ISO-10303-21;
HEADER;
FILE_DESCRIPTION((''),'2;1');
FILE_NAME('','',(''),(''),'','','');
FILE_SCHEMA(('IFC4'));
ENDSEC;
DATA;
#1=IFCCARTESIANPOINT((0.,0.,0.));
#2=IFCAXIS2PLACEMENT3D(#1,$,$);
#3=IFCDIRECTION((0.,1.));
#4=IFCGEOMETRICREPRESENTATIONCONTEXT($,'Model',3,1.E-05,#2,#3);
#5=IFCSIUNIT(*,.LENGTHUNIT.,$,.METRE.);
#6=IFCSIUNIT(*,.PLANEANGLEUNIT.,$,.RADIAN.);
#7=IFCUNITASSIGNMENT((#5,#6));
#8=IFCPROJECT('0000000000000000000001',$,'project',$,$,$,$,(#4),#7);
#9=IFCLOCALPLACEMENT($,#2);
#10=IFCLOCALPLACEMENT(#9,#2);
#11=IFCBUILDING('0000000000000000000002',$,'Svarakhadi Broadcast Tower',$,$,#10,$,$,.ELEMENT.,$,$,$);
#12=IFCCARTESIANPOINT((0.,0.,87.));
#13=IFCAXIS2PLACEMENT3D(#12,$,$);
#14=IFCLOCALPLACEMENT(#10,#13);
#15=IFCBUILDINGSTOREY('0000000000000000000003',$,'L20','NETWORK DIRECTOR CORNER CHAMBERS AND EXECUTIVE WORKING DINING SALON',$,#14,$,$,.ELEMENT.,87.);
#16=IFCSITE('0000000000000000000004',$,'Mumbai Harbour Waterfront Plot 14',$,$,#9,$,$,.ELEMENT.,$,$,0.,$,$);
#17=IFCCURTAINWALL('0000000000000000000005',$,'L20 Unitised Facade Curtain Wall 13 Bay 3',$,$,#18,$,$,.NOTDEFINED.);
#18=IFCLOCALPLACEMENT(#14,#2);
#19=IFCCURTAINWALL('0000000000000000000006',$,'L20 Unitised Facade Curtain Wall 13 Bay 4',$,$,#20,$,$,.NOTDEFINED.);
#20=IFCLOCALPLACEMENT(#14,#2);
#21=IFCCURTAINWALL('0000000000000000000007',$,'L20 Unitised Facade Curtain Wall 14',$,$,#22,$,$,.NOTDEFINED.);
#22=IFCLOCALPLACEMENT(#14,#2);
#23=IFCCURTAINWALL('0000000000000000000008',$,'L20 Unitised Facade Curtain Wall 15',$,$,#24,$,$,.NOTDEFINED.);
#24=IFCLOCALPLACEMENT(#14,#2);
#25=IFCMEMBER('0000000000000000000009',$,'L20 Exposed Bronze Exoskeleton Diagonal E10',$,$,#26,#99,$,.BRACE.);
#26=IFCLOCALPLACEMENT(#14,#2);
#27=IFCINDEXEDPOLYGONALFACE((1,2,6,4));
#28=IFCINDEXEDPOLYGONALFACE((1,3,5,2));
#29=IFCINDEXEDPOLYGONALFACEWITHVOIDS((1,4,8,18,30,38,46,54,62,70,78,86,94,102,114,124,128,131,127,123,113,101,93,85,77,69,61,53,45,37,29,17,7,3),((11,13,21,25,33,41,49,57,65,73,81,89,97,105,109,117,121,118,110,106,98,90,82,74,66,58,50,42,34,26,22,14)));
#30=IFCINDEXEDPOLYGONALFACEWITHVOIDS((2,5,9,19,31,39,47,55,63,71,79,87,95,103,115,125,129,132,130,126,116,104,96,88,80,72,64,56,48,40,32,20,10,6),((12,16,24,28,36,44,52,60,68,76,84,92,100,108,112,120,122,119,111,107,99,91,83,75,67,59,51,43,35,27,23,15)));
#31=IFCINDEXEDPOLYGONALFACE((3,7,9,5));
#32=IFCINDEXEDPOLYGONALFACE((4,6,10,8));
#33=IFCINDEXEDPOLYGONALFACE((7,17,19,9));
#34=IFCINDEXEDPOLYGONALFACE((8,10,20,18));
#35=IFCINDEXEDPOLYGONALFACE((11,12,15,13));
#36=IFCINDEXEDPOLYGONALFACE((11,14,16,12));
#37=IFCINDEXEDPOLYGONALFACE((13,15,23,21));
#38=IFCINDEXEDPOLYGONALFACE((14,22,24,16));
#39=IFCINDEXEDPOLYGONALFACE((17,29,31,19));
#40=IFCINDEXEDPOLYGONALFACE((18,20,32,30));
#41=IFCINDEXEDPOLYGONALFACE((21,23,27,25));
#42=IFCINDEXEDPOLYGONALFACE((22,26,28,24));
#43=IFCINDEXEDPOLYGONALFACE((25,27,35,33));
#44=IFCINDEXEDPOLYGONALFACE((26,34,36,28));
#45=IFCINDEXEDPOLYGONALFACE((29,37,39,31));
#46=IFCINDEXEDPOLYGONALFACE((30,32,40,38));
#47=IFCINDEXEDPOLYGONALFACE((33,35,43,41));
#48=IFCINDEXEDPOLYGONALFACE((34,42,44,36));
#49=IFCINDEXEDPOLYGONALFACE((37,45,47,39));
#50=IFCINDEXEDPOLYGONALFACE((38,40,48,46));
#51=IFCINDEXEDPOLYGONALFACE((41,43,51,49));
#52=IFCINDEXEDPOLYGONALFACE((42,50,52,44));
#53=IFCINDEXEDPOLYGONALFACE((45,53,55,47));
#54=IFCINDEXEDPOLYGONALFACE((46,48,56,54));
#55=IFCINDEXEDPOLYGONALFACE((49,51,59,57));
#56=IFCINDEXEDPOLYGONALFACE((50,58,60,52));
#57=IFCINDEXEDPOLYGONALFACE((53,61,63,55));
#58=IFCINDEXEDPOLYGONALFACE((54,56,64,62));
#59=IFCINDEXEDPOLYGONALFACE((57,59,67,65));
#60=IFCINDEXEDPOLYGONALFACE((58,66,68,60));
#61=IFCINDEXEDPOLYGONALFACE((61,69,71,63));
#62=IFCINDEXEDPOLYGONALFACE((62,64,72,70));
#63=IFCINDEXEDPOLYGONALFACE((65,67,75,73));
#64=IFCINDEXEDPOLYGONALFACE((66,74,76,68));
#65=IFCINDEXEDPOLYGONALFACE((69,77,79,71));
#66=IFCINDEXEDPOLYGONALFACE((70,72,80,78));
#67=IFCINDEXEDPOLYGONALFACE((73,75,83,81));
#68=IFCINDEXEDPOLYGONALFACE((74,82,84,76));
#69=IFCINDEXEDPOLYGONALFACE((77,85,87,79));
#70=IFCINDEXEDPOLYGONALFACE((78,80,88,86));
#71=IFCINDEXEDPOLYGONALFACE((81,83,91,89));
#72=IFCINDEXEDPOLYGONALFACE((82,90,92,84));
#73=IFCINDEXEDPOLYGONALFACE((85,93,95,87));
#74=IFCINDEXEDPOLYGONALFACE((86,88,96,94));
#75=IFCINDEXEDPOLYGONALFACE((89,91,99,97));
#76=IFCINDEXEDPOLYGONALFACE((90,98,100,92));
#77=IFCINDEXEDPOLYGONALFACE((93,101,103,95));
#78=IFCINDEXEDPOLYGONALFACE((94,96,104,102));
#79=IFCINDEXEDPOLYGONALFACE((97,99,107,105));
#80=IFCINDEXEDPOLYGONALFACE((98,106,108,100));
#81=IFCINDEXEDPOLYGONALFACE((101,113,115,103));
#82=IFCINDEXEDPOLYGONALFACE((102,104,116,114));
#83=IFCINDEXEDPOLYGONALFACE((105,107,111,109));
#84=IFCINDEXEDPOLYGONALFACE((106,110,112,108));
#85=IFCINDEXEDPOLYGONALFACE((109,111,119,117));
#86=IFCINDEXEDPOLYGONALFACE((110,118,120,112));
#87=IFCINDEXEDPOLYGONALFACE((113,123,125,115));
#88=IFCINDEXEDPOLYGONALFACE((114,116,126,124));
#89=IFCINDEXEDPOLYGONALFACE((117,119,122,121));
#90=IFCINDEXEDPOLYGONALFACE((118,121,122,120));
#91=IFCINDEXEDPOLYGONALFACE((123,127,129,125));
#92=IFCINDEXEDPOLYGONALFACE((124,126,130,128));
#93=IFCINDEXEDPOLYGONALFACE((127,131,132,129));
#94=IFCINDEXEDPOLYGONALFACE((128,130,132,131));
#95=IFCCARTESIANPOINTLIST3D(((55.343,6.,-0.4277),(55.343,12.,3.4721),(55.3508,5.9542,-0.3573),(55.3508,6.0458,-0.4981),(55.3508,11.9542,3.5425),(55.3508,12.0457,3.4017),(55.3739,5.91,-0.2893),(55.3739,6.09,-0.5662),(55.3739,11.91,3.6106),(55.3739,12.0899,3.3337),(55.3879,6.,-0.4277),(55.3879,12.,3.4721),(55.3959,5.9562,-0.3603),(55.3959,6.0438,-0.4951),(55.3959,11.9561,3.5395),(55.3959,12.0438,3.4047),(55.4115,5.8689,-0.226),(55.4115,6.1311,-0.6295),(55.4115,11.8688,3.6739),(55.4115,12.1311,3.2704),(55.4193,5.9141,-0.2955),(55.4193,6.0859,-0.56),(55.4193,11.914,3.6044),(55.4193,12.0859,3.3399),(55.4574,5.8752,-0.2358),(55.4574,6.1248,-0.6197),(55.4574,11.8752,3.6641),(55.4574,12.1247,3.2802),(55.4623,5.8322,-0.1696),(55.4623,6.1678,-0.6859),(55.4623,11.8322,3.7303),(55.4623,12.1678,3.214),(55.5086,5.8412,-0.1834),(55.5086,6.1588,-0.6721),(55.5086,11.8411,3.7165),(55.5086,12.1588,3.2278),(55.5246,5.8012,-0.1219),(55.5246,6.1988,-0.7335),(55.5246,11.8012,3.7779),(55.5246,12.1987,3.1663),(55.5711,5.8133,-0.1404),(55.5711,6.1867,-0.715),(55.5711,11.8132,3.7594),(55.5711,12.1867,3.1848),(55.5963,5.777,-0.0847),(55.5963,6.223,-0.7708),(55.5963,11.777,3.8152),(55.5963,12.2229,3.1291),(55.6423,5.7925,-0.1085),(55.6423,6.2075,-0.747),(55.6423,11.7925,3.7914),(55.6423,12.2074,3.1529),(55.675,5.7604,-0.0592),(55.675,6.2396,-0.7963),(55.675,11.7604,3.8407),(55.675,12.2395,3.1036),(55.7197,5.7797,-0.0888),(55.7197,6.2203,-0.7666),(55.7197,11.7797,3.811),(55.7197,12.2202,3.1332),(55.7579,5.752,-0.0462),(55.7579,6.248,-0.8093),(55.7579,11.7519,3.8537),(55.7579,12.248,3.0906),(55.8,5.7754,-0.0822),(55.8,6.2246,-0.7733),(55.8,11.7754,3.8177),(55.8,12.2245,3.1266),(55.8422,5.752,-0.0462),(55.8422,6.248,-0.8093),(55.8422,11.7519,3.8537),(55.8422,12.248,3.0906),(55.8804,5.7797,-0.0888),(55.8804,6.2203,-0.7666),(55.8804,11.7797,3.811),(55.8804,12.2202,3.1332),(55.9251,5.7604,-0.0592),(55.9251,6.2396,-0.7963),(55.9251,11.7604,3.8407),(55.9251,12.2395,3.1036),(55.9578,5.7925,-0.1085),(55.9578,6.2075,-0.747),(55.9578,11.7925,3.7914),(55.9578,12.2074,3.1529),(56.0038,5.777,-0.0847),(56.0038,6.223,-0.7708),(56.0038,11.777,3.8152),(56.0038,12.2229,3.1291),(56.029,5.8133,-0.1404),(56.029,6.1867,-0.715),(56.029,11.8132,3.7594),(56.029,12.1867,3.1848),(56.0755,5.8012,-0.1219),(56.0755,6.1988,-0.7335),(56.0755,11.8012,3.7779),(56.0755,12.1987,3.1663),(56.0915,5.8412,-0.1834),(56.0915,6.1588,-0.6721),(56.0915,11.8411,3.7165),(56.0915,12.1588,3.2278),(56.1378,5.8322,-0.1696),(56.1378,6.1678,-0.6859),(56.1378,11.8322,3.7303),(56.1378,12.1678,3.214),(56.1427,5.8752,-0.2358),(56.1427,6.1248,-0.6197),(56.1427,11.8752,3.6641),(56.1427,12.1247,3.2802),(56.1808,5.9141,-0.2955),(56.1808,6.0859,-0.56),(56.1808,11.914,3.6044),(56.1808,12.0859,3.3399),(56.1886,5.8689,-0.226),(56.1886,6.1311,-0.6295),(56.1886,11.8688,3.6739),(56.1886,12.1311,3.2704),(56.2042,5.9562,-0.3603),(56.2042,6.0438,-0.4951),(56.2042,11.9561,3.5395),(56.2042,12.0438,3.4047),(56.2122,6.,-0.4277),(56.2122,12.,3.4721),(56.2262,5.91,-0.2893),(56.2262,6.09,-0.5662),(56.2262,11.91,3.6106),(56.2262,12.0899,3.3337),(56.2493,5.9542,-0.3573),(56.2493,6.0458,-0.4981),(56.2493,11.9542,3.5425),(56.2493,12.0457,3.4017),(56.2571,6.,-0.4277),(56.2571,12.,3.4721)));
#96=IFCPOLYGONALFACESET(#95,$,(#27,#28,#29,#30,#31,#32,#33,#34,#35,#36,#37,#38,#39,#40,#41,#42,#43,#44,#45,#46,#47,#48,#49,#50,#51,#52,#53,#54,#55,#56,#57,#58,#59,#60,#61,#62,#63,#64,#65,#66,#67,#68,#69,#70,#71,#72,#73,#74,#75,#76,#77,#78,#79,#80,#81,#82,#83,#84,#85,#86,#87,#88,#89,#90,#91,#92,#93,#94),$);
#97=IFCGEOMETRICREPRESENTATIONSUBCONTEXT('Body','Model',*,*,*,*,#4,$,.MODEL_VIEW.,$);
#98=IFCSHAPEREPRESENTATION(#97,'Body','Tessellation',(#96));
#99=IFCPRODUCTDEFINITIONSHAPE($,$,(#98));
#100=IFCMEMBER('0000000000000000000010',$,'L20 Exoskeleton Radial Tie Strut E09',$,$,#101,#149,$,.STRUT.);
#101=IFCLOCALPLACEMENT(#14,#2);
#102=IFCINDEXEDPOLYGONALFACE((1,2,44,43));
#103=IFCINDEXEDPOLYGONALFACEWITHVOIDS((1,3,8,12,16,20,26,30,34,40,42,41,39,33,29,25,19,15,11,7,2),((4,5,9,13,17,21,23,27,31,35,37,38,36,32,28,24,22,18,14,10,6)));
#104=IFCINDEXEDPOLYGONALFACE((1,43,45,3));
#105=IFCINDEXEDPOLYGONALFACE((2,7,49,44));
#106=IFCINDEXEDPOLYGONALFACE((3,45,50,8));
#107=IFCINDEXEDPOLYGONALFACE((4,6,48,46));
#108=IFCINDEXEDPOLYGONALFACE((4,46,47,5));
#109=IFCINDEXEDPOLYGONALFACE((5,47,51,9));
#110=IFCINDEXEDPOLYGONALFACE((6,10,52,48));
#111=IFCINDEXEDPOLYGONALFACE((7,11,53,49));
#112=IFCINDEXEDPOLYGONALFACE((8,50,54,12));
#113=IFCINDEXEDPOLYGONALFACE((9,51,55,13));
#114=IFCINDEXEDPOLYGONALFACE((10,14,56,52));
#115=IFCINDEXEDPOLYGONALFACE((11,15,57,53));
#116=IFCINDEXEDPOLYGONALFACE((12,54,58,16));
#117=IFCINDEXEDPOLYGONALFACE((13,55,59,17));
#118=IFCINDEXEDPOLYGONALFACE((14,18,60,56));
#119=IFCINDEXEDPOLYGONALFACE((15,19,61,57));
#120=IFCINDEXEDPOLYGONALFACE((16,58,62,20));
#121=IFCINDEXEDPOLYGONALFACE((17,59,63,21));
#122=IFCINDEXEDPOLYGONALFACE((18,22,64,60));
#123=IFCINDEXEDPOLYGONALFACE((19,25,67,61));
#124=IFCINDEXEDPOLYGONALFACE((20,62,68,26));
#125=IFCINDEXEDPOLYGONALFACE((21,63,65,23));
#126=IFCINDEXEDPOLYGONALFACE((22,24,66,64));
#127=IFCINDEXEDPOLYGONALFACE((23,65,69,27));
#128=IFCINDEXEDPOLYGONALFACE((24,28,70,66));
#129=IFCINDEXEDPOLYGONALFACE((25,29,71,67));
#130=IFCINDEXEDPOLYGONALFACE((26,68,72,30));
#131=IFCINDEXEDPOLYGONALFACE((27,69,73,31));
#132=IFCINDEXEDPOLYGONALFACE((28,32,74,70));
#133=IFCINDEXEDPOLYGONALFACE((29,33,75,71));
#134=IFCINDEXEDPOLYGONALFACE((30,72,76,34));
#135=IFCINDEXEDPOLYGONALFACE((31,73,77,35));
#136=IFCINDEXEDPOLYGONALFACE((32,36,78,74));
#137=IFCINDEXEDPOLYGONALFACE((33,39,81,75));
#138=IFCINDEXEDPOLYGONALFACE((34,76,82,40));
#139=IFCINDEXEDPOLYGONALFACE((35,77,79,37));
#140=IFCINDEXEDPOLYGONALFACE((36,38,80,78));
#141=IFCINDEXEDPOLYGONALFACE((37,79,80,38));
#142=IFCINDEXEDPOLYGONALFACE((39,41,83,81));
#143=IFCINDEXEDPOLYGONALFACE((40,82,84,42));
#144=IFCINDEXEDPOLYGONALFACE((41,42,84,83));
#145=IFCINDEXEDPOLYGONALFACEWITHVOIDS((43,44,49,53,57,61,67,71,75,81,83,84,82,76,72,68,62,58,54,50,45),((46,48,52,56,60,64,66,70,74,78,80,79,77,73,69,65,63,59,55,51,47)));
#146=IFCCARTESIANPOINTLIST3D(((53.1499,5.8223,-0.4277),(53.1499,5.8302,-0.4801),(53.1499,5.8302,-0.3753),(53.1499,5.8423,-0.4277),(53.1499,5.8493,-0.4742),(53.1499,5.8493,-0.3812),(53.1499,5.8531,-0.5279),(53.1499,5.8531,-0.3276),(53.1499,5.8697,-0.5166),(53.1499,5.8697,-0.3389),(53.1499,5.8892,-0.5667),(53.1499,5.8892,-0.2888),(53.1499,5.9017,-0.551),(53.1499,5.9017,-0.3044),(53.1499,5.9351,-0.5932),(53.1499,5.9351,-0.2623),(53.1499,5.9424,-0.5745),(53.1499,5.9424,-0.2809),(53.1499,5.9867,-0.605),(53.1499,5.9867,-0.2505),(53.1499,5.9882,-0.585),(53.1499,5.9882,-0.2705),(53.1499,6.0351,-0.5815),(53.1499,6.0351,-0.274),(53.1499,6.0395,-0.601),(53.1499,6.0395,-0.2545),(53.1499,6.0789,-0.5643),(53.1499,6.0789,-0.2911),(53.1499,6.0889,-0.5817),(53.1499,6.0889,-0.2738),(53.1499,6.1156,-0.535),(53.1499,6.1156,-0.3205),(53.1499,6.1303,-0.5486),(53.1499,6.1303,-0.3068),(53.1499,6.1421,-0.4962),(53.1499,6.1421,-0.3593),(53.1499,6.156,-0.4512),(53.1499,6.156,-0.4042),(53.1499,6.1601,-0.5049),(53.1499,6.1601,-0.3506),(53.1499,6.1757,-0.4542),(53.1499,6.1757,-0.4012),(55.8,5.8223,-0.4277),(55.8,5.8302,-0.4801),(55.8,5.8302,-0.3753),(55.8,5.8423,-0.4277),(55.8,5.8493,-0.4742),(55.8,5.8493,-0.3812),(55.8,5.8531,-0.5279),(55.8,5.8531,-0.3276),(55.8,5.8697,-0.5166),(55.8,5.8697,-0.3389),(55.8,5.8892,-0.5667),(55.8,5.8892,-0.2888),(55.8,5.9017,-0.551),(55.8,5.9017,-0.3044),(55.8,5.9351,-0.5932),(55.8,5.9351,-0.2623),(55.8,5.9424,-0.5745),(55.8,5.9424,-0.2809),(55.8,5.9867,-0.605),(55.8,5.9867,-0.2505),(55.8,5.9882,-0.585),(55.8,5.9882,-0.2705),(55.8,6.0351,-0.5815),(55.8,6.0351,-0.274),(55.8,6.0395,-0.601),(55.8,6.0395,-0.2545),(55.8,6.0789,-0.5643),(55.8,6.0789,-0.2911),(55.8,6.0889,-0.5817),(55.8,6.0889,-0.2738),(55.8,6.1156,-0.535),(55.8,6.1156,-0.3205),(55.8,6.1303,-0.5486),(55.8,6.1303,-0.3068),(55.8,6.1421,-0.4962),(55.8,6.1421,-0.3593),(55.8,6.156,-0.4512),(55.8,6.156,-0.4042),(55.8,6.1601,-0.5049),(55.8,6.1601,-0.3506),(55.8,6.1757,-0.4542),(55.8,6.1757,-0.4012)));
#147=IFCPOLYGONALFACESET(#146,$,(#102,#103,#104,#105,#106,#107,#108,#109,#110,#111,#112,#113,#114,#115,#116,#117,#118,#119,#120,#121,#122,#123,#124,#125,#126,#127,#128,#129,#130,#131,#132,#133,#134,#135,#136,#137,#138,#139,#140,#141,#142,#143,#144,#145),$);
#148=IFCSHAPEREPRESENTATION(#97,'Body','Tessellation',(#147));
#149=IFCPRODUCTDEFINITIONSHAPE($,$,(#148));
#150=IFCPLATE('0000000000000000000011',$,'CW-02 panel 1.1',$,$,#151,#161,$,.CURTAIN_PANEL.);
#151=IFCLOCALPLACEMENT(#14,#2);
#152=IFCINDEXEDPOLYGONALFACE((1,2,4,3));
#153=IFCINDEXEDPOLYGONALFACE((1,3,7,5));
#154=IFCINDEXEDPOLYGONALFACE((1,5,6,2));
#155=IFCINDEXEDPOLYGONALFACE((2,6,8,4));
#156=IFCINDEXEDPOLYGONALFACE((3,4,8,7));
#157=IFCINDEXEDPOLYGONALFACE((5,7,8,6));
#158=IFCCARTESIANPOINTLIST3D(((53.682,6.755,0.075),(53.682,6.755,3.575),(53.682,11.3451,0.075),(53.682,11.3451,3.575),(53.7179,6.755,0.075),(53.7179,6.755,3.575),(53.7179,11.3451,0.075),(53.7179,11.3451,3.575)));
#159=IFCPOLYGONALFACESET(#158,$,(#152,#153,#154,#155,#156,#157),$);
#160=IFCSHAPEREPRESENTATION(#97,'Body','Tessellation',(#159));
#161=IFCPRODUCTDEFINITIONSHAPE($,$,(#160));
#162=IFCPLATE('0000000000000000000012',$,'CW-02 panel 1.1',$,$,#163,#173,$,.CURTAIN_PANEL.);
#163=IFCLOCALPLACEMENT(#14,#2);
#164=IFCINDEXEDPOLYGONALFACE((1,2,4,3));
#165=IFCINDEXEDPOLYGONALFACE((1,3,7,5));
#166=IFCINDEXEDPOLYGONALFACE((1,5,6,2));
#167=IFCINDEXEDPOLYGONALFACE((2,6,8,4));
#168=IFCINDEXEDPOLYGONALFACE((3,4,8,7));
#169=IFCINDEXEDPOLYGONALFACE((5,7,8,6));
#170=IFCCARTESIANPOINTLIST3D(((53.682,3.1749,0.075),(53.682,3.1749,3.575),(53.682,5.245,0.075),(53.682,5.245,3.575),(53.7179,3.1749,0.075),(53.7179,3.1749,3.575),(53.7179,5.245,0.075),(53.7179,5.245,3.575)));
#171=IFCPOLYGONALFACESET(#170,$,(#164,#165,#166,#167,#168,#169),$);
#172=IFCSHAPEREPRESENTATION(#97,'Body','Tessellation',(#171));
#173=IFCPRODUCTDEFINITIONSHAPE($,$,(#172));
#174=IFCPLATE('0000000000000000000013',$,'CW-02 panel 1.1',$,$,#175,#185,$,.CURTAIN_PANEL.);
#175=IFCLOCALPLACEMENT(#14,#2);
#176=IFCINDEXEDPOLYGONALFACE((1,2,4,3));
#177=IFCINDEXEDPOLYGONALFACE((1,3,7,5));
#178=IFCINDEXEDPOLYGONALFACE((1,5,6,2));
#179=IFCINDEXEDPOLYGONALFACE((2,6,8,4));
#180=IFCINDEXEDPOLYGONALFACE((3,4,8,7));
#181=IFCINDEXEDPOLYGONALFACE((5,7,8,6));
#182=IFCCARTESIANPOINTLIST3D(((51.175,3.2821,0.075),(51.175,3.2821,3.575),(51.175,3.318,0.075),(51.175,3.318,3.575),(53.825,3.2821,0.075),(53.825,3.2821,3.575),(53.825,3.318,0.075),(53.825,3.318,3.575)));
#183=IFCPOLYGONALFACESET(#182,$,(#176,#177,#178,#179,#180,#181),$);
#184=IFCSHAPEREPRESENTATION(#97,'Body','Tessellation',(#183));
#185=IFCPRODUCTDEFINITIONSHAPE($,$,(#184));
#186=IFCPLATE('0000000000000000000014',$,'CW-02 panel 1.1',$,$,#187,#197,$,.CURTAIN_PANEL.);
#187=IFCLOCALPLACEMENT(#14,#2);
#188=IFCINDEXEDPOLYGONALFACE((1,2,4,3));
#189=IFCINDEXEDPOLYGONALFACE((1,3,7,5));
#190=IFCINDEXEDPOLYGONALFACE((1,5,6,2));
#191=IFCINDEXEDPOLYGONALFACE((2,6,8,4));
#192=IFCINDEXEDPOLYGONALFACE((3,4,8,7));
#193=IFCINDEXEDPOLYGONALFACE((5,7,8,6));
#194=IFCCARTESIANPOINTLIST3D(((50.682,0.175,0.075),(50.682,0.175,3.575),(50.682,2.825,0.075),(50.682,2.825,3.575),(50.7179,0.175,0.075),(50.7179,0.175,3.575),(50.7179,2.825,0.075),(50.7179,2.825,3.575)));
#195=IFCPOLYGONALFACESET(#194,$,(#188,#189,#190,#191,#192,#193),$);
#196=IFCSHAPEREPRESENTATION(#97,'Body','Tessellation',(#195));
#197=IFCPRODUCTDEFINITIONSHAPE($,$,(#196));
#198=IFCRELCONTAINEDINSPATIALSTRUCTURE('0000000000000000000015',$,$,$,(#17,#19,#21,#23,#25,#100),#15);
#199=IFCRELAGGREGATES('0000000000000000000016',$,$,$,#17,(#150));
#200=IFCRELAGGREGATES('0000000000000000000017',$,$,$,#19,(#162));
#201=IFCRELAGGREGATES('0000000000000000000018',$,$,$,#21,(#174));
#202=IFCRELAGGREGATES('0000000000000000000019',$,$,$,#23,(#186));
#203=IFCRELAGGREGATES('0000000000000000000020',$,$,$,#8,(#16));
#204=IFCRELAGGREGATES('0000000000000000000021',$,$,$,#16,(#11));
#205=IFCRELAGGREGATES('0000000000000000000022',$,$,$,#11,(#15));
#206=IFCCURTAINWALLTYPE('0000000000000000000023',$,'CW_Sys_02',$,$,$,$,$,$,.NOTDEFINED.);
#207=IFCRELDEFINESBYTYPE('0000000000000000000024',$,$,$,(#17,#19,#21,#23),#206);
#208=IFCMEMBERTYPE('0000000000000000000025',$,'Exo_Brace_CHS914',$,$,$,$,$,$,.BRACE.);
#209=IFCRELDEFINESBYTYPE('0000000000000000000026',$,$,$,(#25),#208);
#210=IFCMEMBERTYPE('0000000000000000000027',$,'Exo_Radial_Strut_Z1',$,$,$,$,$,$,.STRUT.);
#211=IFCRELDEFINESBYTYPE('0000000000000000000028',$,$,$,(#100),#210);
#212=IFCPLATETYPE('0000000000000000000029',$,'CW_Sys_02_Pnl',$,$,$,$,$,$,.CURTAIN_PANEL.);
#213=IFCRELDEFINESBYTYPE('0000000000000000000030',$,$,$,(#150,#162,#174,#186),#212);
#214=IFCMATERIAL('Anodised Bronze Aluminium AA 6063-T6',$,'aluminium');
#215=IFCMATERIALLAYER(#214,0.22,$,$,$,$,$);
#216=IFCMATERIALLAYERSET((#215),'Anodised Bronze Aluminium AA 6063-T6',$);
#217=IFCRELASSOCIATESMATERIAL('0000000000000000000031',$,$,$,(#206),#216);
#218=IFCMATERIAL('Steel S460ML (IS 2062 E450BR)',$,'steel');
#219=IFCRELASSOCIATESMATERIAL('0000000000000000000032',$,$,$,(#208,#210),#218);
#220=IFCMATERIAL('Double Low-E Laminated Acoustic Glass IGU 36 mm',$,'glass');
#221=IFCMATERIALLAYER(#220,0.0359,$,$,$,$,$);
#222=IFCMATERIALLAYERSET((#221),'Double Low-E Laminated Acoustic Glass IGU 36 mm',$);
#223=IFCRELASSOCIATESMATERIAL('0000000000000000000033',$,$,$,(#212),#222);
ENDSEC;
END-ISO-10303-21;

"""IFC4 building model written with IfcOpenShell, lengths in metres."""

from ifc_helpers import new_model, si_unit, direction, frame, origin, origin_2d, place, context, subcontext, project, spatial, rectangle, hollow_circle, extrude, material, layer, layer_set, material_profile, profile_set, type_object, element, aggregate, save


model = new_model("IFC4")

# Units and contexts
model_context = context("Model", 3, precision=1e-05, world=origin(), true_north=direction((0.0, 1.0)))
body_context = subcontext(model_context, "Body", "Model", "MODEL_VIEW")
ifc_project = project(units=[si_unit("LENGTHUNIT", "METRE"), si_unit("PLANEANGLEUNIT", "RADIAN")], contexts=[model_context])

# Site, building, storey
site_placement = place(None, origin())
site = spatial("IfcSite", under=ifc_project, at=site_placement, Name="Mumbai Harbour Waterfront Plot 14", CompositionType="ELEMENT", RefElevation=0.0)
building_placement = place(site_placement, origin())
building = spatial("IfcBuilding", under=site, at=building_placement, Name="Svarakhadi Broadcast Tower", CompositionType="ELEMENT")
storey_placement = place(building_placement, frame((0.0, 0.0, 87.0)))
storey = spatial("IfcBuildingStorey", under=building, at=storey_placement, Name="L20", Description="NETWORK DIRECTOR CORNER CHAMBERS AND EXECUTIVE WORKING DINING SALON", CompositionType="ELEMENT", Elevation=87.0)

# Curtain walls
ifc_material_1 = material(Name="Anodised Bronze Aluminium AA 6063-T6", Category="aluminium")
ifc_layer_1 = layer(ifc_material_1, 0.22)
ifc_layer_set_1 = layer_set([ifc_layer_1], Name="Anodised Bronze Aluminium AA 6063-T6")
curtain_wall_type = type_object("IfcCurtainWallType", Name="CW_Sys_02", PredefinedType="NOTDEFINED", material=ifc_layer_set_1)
curtain_wall_1_placement = place(storey_placement, origin())
curtain_wall_1 = element("IfcCurtainWall", 1, at=curtain_wall_1_placement, inside=storey, type_object=curtain_wall_type, Name="L20 Unitised Facade Curtain Wall 13 Bay 3", PredefinedType="NOTDEFINED")
curtain_wall_2_placement = place(storey_placement, origin())
curtain_wall_2 = element("IfcCurtainWall", 2, at=curtain_wall_2_placement, inside=storey, type_object=curtain_wall_type, Name="L20 Unitised Facade Curtain Wall 13 Bay 4", PredefinedType="NOTDEFINED")
curtain_wall_3_placement = place(storey_placement, origin())
curtain_wall_3 = element("IfcCurtainWall", 3, at=curtain_wall_3_placement, inside=storey, type_object=curtain_wall_type, Name="L20 Unitised Facade Curtain Wall 14", PredefinedType="NOTDEFINED")
curtain_wall_4_placement = place(storey_placement, origin())
curtain_wall_4 = element("IfcCurtainWall", 4, at=curtain_wall_4_placement, inside=storey, type_object=curtain_wall_type, Name="L20 Unitised Facade Curtain Wall 15", PredefinedType="NOTDEFINED")

# Members
ifc_material_2 = material(Name="Steel S460ML (IS 2062 E450BR)", Category="steel")
ifc_material_profile_1 = material_profile(ifc_material_2, hollow_circle(Radius=0.457, WallThickness=0.0449, at=origin_2d()), Name="CHS 914x45")
ifc_profile_set_1 = profile_set([ifc_material_profile_1], Name="Steel S460ML (IS 2062 E450BR)")
member_type_1 = type_object("IfcMemberType", Name="Exo_Brace_CHS914", PredefinedType="BRACE", material=ifc_profile_set_1)
member_1_placement = place(storey_placement, frame((55.8, 6.0, -0.4277), z_axis=(0.0, 0.83845, 0.544979), x_axis=(-1.0, 0.0, 0.0)))
element("IfcMember", 5, at=member_1_placement, inside=storey, type_object=member_type_1, Name="L20 Exposed Bronze Exoskeleton Diagonal E10", PredefinedType="BRACE", context=body_context, shape_type="SweptSolid", body=[
    extrude(hollow_circle(Radius=0.457, WallThickness=0.0449, at=origin_2d()), origin(), (0.0, 0.0, 1.0), 7.156),
])
ifc_material_profile_2 = material_profile(ifc_material_2, hollow_circle(Radius=0.1777, WallThickness=0.02, at=origin_2d()), Name="CHS 355.6x20")
ifc_profile_set_2 = profile_set([ifc_material_profile_2], Name="Steel S460ML (IS 2062 E450BR)")
member_type_2 = type_object("IfcMemberType", Name="Exo_Radial_Strut_Z1", PredefinedType="STRUT", material=ifc_profile_set_2)
member_2_placement = place(storey_placement, frame((55.8, 6.0, -0.4277), z_axis=(-1.0, 0.0, 0.0), x_axis=(0.0, -1.0, 0.0)))
element("IfcMember", 6, at=member_2_placement, inside=storey, type_object=member_type_2, Name="L20 Exoskeleton Radial Tie Strut E09", PredefinedType="STRUT", context=body_context, shape_type="SweptSolid", body=[
    extrude(hollow_circle(Radius=0.1777, WallThickness=0.02, at=origin_2d()), origin(), (0.0, 0.0, 1.0), 2.6501),
])

# Plates
ifc_material_3 = material(Name="Double Low-E Laminated Acoustic Glass IGU 36 mm", Category="glass")
ifc_layer_2 = layer(ifc_material_3, 0.0359)
ifc_layer_set_2 = layer_set([ifc_layer_2], Name="Double Low-E Laminated Acoustic Glass IGU 36 mm")
plate_type_1 = type_object("IfcPlateType", Name="CW_Sys_02_Pnl", PredefinedType="CURTAIN_PANEL", material=ifc_layer_set_2)
plate_1_placement = place(storey_placement, frame((53.7, 9.05, 0.075), z_axis=(0.0, 0.0, 1.0), x_axis=(0.0, -1.0, 0.0)))
plate_1 = element("IfcPlate", 7, at=plate_1_placement, type_object=plate_type_1, Name="CW-02 panel 1.1", PredefinedType="CURTAIN_PANEL", context=body_context, shape_type="SweptSolid", body=[
    extrude(rectangle(XDim=4.5901, YDim=0.0359, at=origin_2d()), origin(), (0.0, 0.0, 1.0), 3.5),
])
aggregate(curtain_wall_1, [plate_1])
plate_2_placement = place(storey_placement, frame((53.7, 4.21, 0.075), z_axis=(0.0, 0.0, 1.0), x_axis=(0.0, -1.0, 0.0)))
plate_2 = element("IfcPlate", 8, at=plate_2_placement, type_object=plate_type_1, Name="CW-02 panel 1.1", PredefinedType="CURTAIN_PANEL", context=body_context, shape_type="SweptSolid", body=[
    extrude(rectangle(XDim=2.0701, YDim=0.0359, at=origin_2d()), origin(), (0.0, 0.0, 1.0), 3.5),
])
aggregate(curtain_wall_2, [plate_2])
plate_3_placement = place(storey_placement, frame((52.5, 3.3, 0.075), z_axis=(0.0, 0.0, 1.0), x_axis=(-1.0, 0.0, 0.0)))
plate_3 = element("IfcPlate", 9, at=plate_3_placement, type_object=plate_type_1, Name="CW-02 panel 1.1", PredefinedType="CURTAIN_PANEL", context=body_context, shape_type="SweptSolid", body=[
    extrude(rectangle(XDim=2.6499, YDim=0.0359, at=origin_2d()), origin(), (0.0, 0.0, 1.0), 3.5),
])
aggregate(curtain_wall_3, [plate_3])
plate_4_placement = place(storey_placement, frame((50.7, 1.5, 0.075), z_axis=(0.0, 0.0, 1.0), x_axis=(0.0, -1.0, 0.0)))
plate_4 = element("IfcPlate", 10, at=plate_4_placement, type_object=plate_type_1, Name="CW-02 panel 1.1", PredefinedType="CURTAIN_PANEL", context=body_context, shape_type="SweptSolid", body=[
    extrude(rectangle(XDim=2.6499, YDim=0.0359, at=origin_2d()), origin(), (0.0, 0.0, 1.0), 3.5),
])
aggregate(curtain_wall_4, [plate_4])

save(model, "model.ifc")
